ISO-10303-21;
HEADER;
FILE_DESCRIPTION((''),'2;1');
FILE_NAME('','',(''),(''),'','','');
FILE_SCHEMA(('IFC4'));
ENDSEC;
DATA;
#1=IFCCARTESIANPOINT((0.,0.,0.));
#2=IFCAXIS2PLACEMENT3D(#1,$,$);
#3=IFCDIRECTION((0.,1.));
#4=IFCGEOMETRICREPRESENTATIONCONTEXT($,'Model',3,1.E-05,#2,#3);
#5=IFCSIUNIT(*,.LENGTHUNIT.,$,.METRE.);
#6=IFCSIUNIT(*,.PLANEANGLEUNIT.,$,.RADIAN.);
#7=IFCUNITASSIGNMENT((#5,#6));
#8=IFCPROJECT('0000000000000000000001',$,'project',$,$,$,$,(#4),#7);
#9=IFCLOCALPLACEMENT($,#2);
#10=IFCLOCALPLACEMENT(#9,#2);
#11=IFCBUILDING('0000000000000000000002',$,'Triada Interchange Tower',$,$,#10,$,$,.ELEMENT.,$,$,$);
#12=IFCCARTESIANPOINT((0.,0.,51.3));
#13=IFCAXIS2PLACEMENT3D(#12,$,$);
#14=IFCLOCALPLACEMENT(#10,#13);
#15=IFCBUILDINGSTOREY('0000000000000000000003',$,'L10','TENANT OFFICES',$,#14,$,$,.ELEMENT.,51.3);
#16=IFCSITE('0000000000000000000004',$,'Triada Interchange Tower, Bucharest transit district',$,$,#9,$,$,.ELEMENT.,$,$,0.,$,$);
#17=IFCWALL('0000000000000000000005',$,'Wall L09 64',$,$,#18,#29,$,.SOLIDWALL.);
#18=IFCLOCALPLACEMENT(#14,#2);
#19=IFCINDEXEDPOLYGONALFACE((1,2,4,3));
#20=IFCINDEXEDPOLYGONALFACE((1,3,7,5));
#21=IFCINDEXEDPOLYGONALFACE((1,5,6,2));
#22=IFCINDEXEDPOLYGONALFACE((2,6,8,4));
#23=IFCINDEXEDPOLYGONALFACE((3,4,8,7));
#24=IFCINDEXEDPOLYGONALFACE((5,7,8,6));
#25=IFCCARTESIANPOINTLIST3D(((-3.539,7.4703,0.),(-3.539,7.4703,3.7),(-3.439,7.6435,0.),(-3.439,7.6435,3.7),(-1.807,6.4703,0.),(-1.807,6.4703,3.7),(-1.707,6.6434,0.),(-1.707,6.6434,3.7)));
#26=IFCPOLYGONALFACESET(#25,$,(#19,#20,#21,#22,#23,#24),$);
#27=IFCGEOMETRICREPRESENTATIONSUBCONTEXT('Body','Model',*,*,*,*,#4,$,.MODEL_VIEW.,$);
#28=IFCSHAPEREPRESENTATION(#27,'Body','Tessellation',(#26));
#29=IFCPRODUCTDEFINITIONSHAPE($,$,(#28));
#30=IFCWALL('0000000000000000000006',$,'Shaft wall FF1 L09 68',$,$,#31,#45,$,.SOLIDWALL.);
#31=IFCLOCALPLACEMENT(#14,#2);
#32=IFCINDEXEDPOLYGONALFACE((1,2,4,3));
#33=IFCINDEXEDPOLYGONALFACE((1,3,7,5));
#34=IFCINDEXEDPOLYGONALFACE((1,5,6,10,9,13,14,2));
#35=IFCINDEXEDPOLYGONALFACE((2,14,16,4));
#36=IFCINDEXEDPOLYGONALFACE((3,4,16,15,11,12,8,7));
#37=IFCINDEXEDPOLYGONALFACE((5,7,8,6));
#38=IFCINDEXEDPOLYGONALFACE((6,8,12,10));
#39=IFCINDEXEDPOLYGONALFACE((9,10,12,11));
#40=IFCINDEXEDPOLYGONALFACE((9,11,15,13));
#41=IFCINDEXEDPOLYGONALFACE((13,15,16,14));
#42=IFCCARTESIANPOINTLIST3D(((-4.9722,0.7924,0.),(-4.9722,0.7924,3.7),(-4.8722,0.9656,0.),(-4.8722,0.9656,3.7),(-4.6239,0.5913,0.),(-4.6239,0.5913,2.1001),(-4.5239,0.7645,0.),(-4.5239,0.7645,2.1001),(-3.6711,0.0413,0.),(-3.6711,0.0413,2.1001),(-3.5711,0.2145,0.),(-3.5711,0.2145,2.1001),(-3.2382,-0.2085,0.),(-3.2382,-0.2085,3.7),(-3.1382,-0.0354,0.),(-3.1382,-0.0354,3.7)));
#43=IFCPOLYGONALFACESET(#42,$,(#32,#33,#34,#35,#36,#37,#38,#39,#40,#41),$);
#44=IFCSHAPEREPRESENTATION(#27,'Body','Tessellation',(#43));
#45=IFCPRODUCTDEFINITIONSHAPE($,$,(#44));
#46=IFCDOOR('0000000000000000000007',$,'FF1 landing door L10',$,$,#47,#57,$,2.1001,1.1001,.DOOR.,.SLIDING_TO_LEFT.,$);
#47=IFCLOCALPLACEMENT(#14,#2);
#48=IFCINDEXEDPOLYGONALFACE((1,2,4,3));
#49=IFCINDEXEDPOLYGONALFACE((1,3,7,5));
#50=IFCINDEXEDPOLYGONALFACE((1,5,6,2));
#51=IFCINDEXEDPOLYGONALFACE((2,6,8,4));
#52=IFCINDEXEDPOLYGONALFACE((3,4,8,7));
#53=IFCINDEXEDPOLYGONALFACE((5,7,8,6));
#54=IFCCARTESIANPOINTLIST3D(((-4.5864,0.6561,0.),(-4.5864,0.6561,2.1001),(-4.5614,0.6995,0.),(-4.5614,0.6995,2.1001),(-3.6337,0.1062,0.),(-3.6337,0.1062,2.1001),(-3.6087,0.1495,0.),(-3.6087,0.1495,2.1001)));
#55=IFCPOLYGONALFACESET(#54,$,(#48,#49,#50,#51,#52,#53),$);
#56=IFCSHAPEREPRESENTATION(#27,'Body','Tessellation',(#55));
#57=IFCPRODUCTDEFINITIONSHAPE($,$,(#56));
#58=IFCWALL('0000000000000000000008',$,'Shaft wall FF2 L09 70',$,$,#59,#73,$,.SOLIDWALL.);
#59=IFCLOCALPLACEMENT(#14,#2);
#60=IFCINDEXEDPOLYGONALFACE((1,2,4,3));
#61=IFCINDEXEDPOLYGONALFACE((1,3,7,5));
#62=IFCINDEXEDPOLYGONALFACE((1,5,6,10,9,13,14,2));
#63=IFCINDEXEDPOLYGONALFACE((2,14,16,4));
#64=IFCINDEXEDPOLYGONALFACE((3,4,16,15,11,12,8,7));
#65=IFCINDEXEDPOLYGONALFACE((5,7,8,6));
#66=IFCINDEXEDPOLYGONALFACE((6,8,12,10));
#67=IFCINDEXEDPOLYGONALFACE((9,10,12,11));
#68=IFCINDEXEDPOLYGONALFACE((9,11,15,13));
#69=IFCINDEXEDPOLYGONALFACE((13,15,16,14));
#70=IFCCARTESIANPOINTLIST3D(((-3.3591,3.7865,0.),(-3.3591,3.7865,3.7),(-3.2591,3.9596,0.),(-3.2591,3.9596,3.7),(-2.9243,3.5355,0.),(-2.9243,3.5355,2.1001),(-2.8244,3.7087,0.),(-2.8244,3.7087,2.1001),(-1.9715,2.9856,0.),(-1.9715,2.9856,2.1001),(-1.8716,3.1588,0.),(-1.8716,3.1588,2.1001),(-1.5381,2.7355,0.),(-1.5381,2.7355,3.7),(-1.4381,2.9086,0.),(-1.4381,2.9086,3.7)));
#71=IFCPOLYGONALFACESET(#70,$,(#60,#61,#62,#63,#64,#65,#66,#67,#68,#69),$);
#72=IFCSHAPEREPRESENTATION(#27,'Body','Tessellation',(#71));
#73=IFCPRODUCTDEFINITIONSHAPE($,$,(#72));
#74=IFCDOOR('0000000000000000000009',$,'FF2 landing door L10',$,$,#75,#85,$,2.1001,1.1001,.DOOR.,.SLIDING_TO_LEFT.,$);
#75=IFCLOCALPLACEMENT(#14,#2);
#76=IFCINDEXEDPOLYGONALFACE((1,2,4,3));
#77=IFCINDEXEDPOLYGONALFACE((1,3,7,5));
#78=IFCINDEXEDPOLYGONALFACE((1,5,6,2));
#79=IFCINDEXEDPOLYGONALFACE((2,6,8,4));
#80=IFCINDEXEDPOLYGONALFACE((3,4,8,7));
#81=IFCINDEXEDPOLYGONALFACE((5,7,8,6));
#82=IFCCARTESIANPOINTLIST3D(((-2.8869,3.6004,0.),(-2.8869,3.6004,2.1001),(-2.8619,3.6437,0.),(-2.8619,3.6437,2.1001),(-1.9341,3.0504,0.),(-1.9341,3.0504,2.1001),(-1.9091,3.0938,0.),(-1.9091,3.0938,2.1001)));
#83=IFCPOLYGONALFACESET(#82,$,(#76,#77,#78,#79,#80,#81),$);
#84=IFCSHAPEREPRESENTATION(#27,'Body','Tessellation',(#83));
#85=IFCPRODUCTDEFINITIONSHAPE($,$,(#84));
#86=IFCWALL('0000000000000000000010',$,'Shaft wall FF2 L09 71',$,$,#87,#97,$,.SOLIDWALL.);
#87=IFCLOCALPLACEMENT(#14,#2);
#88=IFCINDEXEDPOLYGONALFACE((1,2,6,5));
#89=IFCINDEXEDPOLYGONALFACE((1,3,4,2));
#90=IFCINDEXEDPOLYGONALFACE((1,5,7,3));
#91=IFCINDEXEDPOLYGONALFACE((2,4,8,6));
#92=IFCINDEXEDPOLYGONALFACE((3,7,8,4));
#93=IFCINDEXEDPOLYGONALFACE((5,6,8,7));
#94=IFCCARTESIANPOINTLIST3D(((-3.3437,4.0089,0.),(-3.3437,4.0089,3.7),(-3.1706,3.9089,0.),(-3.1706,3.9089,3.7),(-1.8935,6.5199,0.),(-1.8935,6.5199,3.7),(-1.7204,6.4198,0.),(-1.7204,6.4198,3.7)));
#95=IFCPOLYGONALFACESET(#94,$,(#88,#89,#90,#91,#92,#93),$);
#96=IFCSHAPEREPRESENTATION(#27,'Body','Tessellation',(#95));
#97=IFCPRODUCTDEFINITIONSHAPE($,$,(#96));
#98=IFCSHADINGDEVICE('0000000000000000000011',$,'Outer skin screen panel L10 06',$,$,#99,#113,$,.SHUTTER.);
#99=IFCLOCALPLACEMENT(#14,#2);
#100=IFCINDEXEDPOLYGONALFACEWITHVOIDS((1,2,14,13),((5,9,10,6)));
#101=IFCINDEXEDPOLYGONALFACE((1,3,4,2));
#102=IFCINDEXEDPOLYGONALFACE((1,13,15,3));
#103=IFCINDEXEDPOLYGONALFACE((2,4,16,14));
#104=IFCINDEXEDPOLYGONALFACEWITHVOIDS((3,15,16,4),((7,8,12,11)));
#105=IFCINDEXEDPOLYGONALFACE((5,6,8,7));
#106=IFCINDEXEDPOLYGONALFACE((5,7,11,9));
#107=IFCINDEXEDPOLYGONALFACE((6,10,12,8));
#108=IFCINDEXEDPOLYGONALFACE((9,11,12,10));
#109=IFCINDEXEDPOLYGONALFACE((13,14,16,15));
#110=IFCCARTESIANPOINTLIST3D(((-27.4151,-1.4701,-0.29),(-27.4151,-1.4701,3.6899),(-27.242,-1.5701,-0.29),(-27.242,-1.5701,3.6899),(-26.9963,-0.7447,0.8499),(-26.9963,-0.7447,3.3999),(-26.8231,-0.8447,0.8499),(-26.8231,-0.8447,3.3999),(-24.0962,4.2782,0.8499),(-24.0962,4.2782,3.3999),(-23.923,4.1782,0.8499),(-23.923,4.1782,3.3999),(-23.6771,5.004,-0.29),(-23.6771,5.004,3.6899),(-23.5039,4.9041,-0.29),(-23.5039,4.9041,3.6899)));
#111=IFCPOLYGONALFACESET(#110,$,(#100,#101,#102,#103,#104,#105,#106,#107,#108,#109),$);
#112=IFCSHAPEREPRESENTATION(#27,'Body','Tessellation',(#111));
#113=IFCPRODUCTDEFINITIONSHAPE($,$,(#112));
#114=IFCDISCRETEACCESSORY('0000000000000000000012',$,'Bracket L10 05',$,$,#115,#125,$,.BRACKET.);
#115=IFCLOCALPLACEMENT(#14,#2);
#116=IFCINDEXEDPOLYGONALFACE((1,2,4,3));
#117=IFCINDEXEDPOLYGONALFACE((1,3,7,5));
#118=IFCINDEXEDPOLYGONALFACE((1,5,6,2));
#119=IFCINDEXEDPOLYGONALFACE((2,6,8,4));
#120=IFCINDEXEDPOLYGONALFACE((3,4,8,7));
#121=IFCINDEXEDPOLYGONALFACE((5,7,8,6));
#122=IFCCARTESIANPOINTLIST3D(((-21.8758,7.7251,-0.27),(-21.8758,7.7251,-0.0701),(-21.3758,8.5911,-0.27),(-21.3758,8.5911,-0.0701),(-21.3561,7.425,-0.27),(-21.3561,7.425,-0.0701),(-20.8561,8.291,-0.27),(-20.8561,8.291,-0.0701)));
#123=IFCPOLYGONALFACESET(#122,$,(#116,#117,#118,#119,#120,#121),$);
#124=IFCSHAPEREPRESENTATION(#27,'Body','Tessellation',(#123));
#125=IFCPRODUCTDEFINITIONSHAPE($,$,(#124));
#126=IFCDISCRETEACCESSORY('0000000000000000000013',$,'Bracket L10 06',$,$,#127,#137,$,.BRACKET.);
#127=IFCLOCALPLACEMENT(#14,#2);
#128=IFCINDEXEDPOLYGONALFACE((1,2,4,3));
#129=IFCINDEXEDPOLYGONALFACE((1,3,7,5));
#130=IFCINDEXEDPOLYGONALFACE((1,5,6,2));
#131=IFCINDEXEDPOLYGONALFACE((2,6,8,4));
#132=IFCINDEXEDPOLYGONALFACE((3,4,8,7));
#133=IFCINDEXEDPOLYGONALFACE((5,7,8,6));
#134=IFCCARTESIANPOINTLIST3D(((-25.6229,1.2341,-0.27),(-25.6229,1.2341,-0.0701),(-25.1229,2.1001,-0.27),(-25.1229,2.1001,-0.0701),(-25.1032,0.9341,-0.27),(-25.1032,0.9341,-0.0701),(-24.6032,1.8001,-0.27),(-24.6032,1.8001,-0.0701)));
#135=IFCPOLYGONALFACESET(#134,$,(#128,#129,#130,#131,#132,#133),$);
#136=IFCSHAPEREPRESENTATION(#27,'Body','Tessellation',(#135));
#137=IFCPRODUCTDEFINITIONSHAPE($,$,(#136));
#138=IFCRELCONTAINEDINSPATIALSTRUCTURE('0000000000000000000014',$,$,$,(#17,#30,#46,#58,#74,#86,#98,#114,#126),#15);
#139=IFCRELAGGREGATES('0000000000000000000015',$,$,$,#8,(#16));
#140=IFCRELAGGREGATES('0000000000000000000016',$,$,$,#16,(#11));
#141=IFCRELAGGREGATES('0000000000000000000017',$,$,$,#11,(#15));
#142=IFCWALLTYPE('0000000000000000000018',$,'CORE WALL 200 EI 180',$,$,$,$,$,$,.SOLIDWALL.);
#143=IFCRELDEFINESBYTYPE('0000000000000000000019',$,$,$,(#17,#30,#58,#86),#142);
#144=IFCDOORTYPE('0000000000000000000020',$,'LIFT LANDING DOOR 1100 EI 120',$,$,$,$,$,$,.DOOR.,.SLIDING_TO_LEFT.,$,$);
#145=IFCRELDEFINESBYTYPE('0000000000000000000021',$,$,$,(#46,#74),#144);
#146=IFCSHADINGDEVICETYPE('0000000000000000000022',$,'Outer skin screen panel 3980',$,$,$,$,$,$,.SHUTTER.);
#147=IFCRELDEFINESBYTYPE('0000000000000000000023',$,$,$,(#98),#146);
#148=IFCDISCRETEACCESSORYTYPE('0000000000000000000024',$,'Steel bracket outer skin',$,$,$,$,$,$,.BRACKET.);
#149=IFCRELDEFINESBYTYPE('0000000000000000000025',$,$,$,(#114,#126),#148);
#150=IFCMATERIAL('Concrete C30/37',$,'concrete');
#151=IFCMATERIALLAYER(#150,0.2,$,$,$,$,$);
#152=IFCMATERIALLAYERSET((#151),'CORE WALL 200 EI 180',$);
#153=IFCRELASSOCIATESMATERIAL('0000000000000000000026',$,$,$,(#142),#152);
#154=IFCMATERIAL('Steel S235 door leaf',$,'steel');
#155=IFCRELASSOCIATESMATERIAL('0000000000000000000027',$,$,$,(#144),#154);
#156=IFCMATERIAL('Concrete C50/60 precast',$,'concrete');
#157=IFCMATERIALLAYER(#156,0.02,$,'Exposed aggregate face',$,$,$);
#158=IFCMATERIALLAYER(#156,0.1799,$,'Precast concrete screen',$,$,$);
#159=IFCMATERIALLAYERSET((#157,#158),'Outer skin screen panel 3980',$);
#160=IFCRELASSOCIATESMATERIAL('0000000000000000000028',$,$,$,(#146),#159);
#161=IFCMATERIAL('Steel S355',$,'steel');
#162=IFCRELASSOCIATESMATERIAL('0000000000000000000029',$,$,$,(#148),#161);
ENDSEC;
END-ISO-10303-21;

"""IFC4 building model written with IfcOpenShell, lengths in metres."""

from ifc_helpers import new_model, si_unit, direction, frame, frame_2d, origin, origin_2d, place, context, subcontext, project, spatial, polyline, rectangle, outline, extrude, material, layer, layer_set, type_object, element, fill, save


model = new_model("IFC4")

# Units and contexts
model_context = context("Model", 3, precision=1e-05, world=origin(), true_north=direction((0.0, 1.0)))
body_context = subcontext(model_context, "Body", "Model", "MODEL_VIEW")
ifc_project = project(units=[si_unit("LENGTHUNIT", "METRE"), si_unit("PLANEANGLEUNIT", "RADIAN")], contexts=[model_context])

# Site, building, storey
site_placement = place(None, origin())
site = spatial("IfcSite", under=ifc_project, at=site_placement, Name="Triada Interchange Tower, Bucharest transit district", CompositionType="ELEMENT", RefElevation=0.0)
building_placement = place(site_placement, origin())
building = spatial("IfcBuilding", under=site, at=building_placement, Name="Triada Interchange Tower", CompositionType="ELEMENT")
storey_placement = place(building_placement, frame((0.0, 0.0, 51.3)))
storey = spatial("IfcBuildingStorey", under=building, at=storey_placement, Name="L10", Description="TENANT OFFICES", CompositionType="ELEMENT", Elevation=51.3)

# Shared definitions
ifc_material_1 = material(Name="Concrete C30/37", Category="concrete")

# Shared definitions
ifc_layer_1 = layer(ifc_material_1, 0.2)
ifc_layer_set_1 = layer_set([ifc_layer_1], Name="CORE WALL 200 EI 180")
wall_type_1 = type_object("IfcWallType", Name="CORE WALL 200 EI 180", PredefinedType="SOLIDWALL", material=ifc_layer_set_1)
ifc_material_2 = material(Name="Steel S235 door leaf", Category="steel")
door_type_1 = type_object("IfcDoorType", Name="LIFT LANDING DOOR 1100 EI 120", OperationType="SLIDING_TO_LEFT", PredefinedType="DOOR", material=ifc_material_2)

# Wall
wall_1_placement = place(storey_placement, frame((-3.489, 7.5569, 0.0), z_axis=(0.0, 0.0, 1.0), x_axis=(0.866011, -0.500025, 0.0)))
element("IfcWall", 1, at=wall_1_placement, inside=storey, type_object=wall_type_1, Name="Wall L09 64", PredefinedType="SOLIDWALL", context=body_context, shape_type="SweptSolid", body=[
    extrude(rectangle(XDim=2.0, YDim=0.2, at=frame_2d((1.0, 0.0))), origin(), (0.0, 0.0, 1.0), 3.7),
])

# Walls, openings, doors
wall_2_placement = place(storey_placement, frame((-4.9221, 0.8789, 0.0), z_axis=(0.0, 0.0, 1.0), x_axis=(0.866074, -0.499916, 0.0)))
wall_2 = element("IfcWall", 2, at=wall_2_placement, inside=storey, type_object=wall_type_1, Name="Shaft wall FF1 L09 68", PredefinedType="SOLIDWALL", context=body_context, shape_type="SweptSolid", body=[
    extrude(rectangle(XDim=2.0022, YDim=0.2, at=frame_2d((1.001, 0.0))), origin(), (0.0, 0.0, 1.0), 3.7),
])
opening_1_placement = place(wall_2_placement, frame((0.4021, 0.0, 0.0)))
opening_1 = element("IfcOpeningElement", 3, at=opening_1_placement, cuts=wall_2, PredefinedType="OPENING", context=body_context, shape_type="SweptSolid", body=[
    extrude(rectangle(XDim=1.1001, YDim=2.1001, at=frame_2d((0.55, 1.05))), frame((0.0, 0.1099, 0.0), z_axis=(0.0, -1.0, 0.0), x_axis=(1.0, 0.0, 0.0)), (0.0, 0.0, 1.0), 0.22),
])
door_1_placement = place(opening_1_placement, origin())
door_1 = element("IfcDoor", 4, at=door_1_placement, inside=storey, type_object=door_type_1, Name="FF1 landing door L10", OperationType="SLIDING_TO_LEFT", OverallHeight=2.1001, OverallWidth=1.1001, PredefinedType="DOOR", context=body_context, shape_type="SweptSolid", body=[
    extrude(rectangle(XDim=1.1001, YDim=2.1001, at=frame_2d((0.55, 1.05))), frame((0.0, 0.0249, 0.0), z_axis=(0.0, -1.0, 0.0), x_axis=(1.0, 0.0, 0.0)), (0.0, 0.0, 1.0), 0.05),
])
fill(opening_1, door_1)
wall_3_placement = place(storey_placement, frame((-3.3091, 3.873, 0.0), z_axis=(0.0, 0.0, 1.0), x_axis=(0.866099, -0.499873, 0.0)))
wall_3 = element("IfcWall", 5, at=wall_3_placement, inside=storey, type_object=wall_type_1, Name="Shaft wall FF2 L09 70", PredefinedType="SOLIDWALL", context=body_context, shape_type="SweptSolid", body=[
    extrude(rectangle(XDim=2.1025, YDim=0.2, at=frame_2d((1.0513, 0.0))), origin(), (0.0, 0.0, 1.0), 3.7),
])
opening_2_placement = place(wall_3_placement, frame((0.502, 0.0, 0.0)))
opening_2 = element("IfcOpeningElement", 6, at=opening_2_placement, cuts=wall_3, PredefinedType="OPENING", context=body_context, shape_type="SweptSolid", body=[
    extrude(rectangle(XDim=1.1001, YDim=2.1001, at=frame_2d((0.55, 1.05))), frame((0.0, 0.1099, 0.0), z_axis=(0.0, -1.0, 0.0), x_axis=(1.0, 0.0, 0.0)), (0.0, 0.0, 1.0), 0.22),
])
door_2_placement = place(opening_2_placement, origin())
door_2 = element("IfcDoor", 7, at=door_2_placement, inside=storey, type_object=door_type_1, Name="FF2 landing door L10", OperationType="SLIDING_TO_LEFT", OverallHeight=2.1001, OverallWidth=1.1001, PredefinedType="DOOR", context=body_context, shape_type="SweptSolid", body=[
    extrude(rectangle(XDim=1.1001, YDim=2.1001, at=frame_2d((0.55, 1.05))), frame((0.0, 0.0249, 0.0), z_axis=(0.0, -1.0, 0.0), x_axis=(1.0, 0.0, 0.0)), (0.0, 0.0, 1.0), 0.05),
])
fill(opening_2, door_2)

# Wall
wall_4_placement = place(storey_placement, frame((-3.2571, 3.959, 0.0), z_axis=(0.0, 0.0, 1.0), x_axis=(0.500123, 0.865954, 0.0)))
element("IfcWall", 8, at=wall_4_placement, inside=storey, type_object=wall_type_1, Name="Shaft wall FF2 L09 71", PredefinedType="SOLIDWALL", context=body_context, shape_type="SweptSolid", body=[
    extrude(rectangle(XDim=2.8997, YDim=0.2, at=frame_2d((1.4497, 0.0))), origin(), (0.0, 0.0, 1.0), 3.7),
])

# Shading device
ifc_material_3 = material(Name="Concrete C50/60 precast", Category="concrete")
ifc_layer_2 = layer(ifc_material_3, 0.02, Name="Exposed aggregate face")
ifc_layer_3 = layer(ifc_material_3, 0.1799, Name="Precast concrete screen")
ifc_layer_set_2 = layer_set([ifc_layer_2, ifc_layer_3], Name="Outer skin screen panel 3980")
shading_device_type = type_object("IfcShadingDeviceType", Name="Outer skin screen panel 3980", PredefinedType="SHUTTER", material=ifc_layer_set_2)
shading_device_placement = place(storey_placement, frame((-23.5039, 4.9041, -0.29), z_axis=(0.0, 0.0, 1.0), x_axis=(-0.50002, -0.866014, 0.0)))
element("IfcShadingDevice", 9, at=shading_device_placement, inside=storey, type_object=shading_device_type, Name="Outer skin screen panel L10 06", PredefinedType="SHUTTER", context=body_context, shape_type="SweptSolid", body=[
    extrude(outline(polyline([(0.0, 0.0), (7.4758, 0.0), (7.4758, 3.98), (0.0, 3.98), (0.0, 0.0)]), holes=[polyline([(0.8381, 1.1399), (0.8381, 3.6899), (6.6382, 3.6899), (6.6382, 1.1399), (0.8381, 1.1399)])]), frame((0.0, 0.0, 0.0), z_axis=(0.0, -1.0, 0.0), x_axis=(1.0, 0.0, 0.0)), (0.0, 0.0, 1.0), 0.2),
])

# Discrete accessories
ifc_material_4 = material(Name="Steel S355", Category="steel")
discrete_accessory_type = type_object("IfcDiscreteAccessoryType", Name="Steel bracket outer skin", PredefinedType="BRACKET", material=ifc_material_4)
for number, where, z_axis, x_axis, name in (
    (10, (-21.366, 8.0081, -0.27), (0.0, 0.0, 1.0), (-0.866026, 0.499999, 0.0), "Bracket L10 05"),
    (11, (-25.113, 1.5171, -0.27), (0.0, 0.0, 1.0), (-0.866026, 0.499999, 0.0), "Bracket L10 06"),
):
    element("IfcDiscreteAccessory", number, at=place(storey_placement, frame(where, z_axis=z_axis, x_axis=x_axis)), inside=storey, type_object=discrete_accessory_type, Name=name, PredefinedType="BRACKET", context=body_context, shape_type="SweptSolid", body=[
        extrude(rectangle(XDim=0.6001, YDim=1.0, at=origin_2d()), origin(), (0.0, 0.0, 1.0), 0.2),
    ])

save(model, "model.ifc")
